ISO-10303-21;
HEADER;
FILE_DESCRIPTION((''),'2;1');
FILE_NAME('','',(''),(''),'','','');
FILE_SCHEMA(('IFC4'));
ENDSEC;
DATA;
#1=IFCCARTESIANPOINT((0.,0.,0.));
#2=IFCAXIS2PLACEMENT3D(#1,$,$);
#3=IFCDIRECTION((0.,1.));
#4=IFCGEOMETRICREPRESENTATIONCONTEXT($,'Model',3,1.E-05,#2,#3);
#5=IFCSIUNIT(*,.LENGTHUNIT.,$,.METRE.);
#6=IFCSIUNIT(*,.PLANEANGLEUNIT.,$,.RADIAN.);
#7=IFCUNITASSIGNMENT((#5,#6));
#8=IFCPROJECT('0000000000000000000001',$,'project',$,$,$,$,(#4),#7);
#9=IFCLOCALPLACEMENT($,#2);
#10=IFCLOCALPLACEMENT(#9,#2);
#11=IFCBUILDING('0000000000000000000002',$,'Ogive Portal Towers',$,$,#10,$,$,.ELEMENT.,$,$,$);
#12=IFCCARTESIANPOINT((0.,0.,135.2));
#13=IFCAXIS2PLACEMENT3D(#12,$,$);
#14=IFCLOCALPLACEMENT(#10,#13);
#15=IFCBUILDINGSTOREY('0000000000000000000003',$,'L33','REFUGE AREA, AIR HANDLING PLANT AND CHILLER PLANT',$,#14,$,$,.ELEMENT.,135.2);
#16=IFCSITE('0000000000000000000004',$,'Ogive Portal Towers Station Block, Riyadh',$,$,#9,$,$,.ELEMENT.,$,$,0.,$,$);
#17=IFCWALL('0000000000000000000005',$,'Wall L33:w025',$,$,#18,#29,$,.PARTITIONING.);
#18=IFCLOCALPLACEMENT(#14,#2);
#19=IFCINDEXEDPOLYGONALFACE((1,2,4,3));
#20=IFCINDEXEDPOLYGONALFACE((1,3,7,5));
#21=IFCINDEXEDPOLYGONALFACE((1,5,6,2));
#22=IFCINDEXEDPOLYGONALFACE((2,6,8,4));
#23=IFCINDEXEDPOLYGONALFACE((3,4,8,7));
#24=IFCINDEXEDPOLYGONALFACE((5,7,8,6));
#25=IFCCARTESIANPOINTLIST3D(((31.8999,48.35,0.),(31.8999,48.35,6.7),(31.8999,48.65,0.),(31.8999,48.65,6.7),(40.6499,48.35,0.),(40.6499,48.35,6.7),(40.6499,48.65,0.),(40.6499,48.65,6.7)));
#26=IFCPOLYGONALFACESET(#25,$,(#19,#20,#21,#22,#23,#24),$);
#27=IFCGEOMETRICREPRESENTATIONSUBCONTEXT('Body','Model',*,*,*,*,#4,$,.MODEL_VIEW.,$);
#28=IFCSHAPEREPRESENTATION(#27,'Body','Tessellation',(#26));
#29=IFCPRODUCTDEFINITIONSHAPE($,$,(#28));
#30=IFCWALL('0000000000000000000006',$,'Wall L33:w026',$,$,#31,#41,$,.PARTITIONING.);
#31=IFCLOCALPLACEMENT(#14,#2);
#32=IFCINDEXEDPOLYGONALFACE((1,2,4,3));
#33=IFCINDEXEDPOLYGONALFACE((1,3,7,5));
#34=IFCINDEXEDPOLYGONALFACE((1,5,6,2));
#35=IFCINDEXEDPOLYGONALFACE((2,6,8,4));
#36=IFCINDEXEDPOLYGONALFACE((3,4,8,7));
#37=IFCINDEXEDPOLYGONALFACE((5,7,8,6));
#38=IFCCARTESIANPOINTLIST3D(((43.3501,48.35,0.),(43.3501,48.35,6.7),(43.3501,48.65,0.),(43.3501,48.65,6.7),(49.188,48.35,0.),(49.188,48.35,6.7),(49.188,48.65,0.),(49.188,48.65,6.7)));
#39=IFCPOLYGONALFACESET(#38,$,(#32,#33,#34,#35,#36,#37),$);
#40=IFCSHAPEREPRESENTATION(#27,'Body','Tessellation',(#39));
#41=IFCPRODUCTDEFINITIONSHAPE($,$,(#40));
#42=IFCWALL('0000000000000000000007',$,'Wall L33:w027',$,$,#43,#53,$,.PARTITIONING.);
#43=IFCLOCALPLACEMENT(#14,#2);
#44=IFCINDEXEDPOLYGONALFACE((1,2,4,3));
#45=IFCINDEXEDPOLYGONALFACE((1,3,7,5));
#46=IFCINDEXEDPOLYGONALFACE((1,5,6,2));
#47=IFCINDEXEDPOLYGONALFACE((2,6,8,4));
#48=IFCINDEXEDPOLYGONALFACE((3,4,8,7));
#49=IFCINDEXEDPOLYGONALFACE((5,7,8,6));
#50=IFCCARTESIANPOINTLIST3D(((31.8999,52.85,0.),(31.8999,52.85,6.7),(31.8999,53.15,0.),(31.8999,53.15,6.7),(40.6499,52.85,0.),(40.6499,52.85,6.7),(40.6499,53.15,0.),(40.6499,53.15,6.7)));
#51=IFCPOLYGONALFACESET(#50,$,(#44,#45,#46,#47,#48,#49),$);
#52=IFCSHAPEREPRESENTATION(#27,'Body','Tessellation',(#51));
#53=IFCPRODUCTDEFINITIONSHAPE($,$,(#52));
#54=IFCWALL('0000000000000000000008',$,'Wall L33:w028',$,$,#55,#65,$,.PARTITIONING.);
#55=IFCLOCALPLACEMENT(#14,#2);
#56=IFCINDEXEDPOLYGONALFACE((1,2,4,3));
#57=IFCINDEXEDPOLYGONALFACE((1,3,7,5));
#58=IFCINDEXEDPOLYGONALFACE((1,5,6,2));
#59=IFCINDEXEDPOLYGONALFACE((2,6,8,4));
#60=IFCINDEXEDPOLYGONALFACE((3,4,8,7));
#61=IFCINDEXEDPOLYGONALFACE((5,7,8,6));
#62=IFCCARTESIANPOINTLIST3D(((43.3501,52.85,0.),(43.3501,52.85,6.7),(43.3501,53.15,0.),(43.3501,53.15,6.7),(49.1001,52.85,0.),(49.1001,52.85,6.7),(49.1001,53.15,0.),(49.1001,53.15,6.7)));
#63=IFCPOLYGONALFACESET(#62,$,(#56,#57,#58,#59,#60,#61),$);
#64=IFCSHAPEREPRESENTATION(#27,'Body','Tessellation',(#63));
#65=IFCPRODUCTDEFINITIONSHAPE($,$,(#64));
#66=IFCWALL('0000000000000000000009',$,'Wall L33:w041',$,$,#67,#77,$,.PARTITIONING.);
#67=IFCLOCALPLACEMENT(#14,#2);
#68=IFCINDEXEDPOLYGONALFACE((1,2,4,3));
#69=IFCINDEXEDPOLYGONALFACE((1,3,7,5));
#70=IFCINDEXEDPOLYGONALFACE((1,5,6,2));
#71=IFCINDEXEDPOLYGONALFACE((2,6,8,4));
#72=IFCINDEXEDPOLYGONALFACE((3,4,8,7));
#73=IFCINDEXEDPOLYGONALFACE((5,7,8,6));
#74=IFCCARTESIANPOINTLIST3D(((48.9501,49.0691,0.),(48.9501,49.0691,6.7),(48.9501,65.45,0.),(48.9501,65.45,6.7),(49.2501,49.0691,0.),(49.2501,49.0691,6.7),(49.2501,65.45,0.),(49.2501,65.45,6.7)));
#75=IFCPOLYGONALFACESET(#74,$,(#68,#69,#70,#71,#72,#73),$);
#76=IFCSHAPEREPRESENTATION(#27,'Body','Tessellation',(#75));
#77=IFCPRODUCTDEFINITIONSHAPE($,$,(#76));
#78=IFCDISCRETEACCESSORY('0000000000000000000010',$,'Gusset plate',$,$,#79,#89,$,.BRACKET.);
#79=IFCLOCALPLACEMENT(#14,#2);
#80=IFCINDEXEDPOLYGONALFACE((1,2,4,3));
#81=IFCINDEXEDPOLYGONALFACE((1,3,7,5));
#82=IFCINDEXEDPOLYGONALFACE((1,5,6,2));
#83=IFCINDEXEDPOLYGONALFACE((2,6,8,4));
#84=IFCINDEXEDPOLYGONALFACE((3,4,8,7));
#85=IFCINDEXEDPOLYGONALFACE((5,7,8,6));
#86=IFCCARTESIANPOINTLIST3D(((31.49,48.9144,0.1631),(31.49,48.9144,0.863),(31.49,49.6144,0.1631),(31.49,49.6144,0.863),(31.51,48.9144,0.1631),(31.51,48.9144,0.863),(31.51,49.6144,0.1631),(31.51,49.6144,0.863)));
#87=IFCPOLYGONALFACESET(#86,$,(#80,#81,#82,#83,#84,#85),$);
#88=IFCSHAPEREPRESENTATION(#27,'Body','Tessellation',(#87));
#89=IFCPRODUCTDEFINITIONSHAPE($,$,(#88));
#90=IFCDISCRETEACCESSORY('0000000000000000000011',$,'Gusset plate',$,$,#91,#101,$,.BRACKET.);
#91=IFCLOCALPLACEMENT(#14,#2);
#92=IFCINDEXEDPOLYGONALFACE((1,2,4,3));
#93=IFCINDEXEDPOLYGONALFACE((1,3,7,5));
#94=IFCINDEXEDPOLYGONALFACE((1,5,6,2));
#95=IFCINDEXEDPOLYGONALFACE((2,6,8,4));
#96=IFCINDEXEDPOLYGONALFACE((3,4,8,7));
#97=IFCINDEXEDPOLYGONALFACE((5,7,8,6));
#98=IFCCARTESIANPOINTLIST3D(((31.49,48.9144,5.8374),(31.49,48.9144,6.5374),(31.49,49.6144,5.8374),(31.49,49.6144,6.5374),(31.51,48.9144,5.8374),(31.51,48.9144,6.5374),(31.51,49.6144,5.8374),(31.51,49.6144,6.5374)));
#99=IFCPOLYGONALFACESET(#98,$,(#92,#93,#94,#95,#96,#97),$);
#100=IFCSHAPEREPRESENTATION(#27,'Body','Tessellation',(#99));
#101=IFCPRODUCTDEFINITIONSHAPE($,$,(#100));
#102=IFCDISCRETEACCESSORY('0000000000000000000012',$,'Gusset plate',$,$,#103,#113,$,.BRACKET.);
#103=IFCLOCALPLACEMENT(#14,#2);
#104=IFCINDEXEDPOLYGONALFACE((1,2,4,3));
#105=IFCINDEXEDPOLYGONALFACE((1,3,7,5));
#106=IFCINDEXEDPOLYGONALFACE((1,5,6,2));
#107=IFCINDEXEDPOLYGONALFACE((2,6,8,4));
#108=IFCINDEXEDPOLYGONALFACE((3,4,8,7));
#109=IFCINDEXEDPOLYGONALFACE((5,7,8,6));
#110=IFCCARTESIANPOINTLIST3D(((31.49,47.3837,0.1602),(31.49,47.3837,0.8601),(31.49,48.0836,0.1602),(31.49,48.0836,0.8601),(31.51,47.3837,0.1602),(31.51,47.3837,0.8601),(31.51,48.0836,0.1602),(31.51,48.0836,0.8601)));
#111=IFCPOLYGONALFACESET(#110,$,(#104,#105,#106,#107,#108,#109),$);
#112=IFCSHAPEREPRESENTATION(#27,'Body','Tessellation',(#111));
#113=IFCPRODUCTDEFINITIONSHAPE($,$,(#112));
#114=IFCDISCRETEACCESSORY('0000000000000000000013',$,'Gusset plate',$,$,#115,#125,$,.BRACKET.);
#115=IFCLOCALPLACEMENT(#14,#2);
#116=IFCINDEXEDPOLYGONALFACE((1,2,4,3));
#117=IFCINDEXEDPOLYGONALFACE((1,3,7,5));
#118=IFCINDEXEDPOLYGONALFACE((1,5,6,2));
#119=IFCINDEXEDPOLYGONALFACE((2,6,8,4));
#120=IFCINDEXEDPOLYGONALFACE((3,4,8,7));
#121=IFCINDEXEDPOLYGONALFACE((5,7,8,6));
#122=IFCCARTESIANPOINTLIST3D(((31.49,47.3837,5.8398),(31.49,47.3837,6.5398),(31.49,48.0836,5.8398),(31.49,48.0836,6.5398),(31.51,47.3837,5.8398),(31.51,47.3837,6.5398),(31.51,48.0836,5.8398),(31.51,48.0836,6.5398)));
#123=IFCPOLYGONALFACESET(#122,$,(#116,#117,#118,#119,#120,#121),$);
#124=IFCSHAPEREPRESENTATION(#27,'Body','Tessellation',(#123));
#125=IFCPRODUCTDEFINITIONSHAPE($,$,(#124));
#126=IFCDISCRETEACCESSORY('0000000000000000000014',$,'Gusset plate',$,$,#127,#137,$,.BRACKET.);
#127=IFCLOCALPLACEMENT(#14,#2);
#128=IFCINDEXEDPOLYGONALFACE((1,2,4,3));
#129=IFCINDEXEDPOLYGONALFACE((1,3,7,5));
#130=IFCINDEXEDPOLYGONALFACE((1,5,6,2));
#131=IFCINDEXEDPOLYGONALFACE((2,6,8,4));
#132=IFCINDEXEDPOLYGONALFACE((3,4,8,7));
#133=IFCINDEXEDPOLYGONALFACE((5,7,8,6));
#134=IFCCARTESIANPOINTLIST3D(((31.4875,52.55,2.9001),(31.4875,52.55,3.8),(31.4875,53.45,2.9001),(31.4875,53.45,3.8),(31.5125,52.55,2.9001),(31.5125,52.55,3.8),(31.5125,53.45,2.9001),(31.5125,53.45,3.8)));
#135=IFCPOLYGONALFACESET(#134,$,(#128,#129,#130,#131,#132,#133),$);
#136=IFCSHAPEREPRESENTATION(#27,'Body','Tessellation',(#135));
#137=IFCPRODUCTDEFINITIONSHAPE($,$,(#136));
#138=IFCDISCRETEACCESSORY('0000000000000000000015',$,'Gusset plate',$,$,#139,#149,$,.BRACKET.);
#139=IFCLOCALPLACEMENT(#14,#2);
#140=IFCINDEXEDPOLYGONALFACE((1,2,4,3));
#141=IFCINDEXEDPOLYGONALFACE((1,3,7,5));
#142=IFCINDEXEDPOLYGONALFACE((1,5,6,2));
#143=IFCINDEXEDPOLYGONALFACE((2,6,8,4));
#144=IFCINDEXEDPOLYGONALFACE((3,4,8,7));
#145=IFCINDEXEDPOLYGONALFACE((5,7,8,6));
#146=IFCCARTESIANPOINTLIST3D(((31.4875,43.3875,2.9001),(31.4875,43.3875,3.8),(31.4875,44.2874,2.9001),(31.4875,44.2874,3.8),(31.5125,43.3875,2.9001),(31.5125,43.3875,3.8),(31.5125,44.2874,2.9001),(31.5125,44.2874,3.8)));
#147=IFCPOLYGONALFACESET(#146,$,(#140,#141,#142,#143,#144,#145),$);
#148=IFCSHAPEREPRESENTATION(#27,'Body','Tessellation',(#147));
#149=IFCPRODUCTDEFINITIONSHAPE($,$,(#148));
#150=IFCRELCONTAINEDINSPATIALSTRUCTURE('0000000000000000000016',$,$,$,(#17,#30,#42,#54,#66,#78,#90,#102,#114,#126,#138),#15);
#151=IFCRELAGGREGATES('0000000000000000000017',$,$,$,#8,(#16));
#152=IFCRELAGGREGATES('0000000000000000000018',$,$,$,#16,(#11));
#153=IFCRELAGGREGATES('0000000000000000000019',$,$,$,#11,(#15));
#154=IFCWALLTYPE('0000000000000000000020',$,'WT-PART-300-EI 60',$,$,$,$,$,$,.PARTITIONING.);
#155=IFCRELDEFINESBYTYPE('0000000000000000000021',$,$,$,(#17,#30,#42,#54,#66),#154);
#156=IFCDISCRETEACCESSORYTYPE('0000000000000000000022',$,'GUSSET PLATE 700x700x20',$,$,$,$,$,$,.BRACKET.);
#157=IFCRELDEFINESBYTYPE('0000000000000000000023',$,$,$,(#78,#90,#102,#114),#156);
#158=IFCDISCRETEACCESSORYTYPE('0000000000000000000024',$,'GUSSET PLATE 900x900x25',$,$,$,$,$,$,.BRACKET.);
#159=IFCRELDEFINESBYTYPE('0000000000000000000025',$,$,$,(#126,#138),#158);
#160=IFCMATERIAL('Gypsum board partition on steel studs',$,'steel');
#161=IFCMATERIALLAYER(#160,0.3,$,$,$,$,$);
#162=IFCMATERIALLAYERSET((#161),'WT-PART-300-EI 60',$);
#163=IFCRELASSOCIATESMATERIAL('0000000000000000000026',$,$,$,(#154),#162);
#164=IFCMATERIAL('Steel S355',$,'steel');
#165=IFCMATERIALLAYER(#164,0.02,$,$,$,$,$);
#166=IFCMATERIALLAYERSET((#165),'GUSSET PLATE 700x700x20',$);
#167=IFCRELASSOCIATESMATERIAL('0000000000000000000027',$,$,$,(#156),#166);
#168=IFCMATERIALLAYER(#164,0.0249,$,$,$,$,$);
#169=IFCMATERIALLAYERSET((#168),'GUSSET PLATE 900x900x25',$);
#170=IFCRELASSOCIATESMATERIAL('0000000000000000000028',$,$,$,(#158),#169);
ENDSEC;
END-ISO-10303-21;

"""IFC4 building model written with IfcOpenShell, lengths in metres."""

from ifc_helpers import new_model, si_unit, direction, frame, frame_2d, origin, origin_2d, place, context, subcontext, project, spatial, rectangle, extrude, material, layer, layer_set, type_object, element, save


model = new_model("IFC4")

# Units and contexts
model_context = context("Model", 3, precision=1e-05, world=origin(), true_north=direction((0.0, 1.0)))
body_context = subcontext(model_context, "Body", "Model", "MODEL_VIEW")
ifc_project = project(units=[si_unit("LENGTHUNIT", "METRE"), si_unit("PLANEANGLEUNIT", "RADIAN")], contexts=[model_context])

# Site, building, storey
site_placement = place(None, origin())
site = spatial("IfcSite", under=ifc_project, at=site_placement, Name="Ogive Portal Towers Station Block, Riyadh", CompositionType="ELEMENT", RefElevation=0.0)
building_placement = place(site_placement, origin())
building = spatial("IfcBuilding", under=site, at=building_placement, Name="Ogive Portal Towers", CompositionType="ELEMENT")
storey_placement = place(building_placement, frame((0.0, 0.0, 135.2)))
storey = spatial("IfcBuildingStorey", under=building, at=storey_placement, Name="L33", Description="REFUGE AREA, AIR HANDLING PLANT AND CHILLER PLANT", CompositionType="ELEMENT", Elevation=135.2)

# Shared definitions
ifc_material_1 = material(Name="Steel S355", Category="steel")

# Walls
ifc_material_2 = material(Name="Gypsum board partition on steel studs", Category="steel")
ifc_layer_1 = layer(ifc_material_2, 0.3)
ifc_layer_set_1 = layer_set([ifc_layer_1], Name="WT-PART-300-EI 60")
wall_type = type_object("IfcWallType", Name="WT-PART-300-EI 60", PredefinedType="PARTITIONING", material=ifc_layer_set_1)
wall_1_placement = place(storey_placement, frame((31.8999, 48.5, 0.0), z_axis=(0.0, 0.0, 1.0), x_axis=(1.0, 0.0, 0.0)))
element("IfcWall", 1, at=wall_1_placement, inside=storey, type_object=wall_type, Name="Wall L33:w025", PredefinedType="PARTITIONING", context=body_context, shape_type="SweptSolid", body=[
    extrude(rectangle(XDim=8.75, YDim=0.3, at=frame_2d((4.375, 0.0))), origin(), (0.0, 0.0, 1.0), 6.7),
])
wall_2_placement = place(storey_placement, frame((43.3501, 48.5, 0.0), z_axis=(0.0, 0.0, 1.0), x_axis=(1.0, 0.0, 0.0)))
element("IfcWall", 2, at=wall_2_placement, inside=storey, type_object=wall_type, Name="Wall L33:w026", PredefinedType="PARTITIONING", context=body_context, shape_type="SweptSolid", body=[
    extrude(rectangle(XDim=5.8379, YDim=0.3, at=frame_2d((2.9189, 0.0))), origin(), (0.0, 0.0, 1.0), 6.7),
])
wall_3_placement = place(storey_placement, frame((31.8999, 53.0, 0.0), z_axis=(0.0, 0.0, 1.0), x_axis=(1.0, 0.0, 0.0)))
element("IfcWall", 3, at=wall_3_placement, inside=storey, type_object=wall_type, Name="Wall L33:w027", PredefinedType="PARTITIONING", context=body_context, shape_type="SweptSolid", body=[
    extrude(rectangle(XDim=8.75, YDim=0.3, at=frame_2d((4.375, 0.0))), origin(), (0.0, 0.0, 1.0), 6.7),
])
wall_4_placement = place(storey_placement, frame((43.3501, 53.0, 0.0), z_axis=(0.0, 0.0, 1.0), x_axis=(1.0, 0.0, 0.0)))
element("IfcWall", 4, at=wall_4_placement, inside=storey, type_object=wall_type, Name="Wall L33:w028", PredefinedType="PARTITIONING", context=body_context, shape_type="SweptSolid", body=[
    extrude(rectangle(XDim=5.75, YDim=0.3, at=frame_2d((2.875, 0.0))), origin(), (0.0, 0.0, 1.0), 6.7),
])
wall_5_placement = place(storey_placement, frame((49.1001, 49.0691, 0.0), z_axis=(0.0, 0.0, 1.0), x_axis=(0.0, 1.0, 0.0)))
element("IfcWall", 5, at=wall_5_placement, inside=storey, type_object=wall_type, Name="Wall L33:w041", PredefinedType="PARTITIONING", context=body_context, shape_type="SweptSolid", body=[
    extrude(rectangle(XDim=16.3809, YDim=0.3, at=frame_2d((8.1904, 0.0))), origin(), (0.0, 0.0, 1.0), 6.7),
])

# Discrete accessories
ifc_layer_2 = layer(ifc_material_1, 0.02)
ifc_layer_set_2 = layer_set([ifc_layer_2], Name="GUSSET PLATE 700x700x20")
discrete_accessory_type_1 = type_object("IfcDiscreteAccessoryType", Name="GUSSET PLATE 700x700x20", PredefinedType="BRACKET", material=ifc_layer_set_2)
for number, where, z_axis, x_axis, name in (
    (6, (31.5, 49.2644, 0.1631), (0.0, 0.0, 1.0), (0.0, -1.0, 0.0), "Gusset plate"),
    (7, (31.5, 49.2644, 5.8374), (0.0, 0.0, 1.0), (0.0, -1.0, 0.0), "Gusset plate"),
    (8, (31.5, 47.7336, 0.1602), (0.0, 0.0, 1.0), (0.0, -1.0, 0.0), "Gusset plate"),
    (9, (31.5, 47.7336, 5.8398), (0.0, 0.0, 1.0), (0.0, -1.0, 0.0), "Gusset plate"),
):
    element("IfcDiscreteAccessory", number, at=place(storey_placement, frame(where, z_axis=z_axis, x_axis=x_axis)), inside=storey, type_object=discrete_accessory_type_1, Name=name, PredefinedType="BRACKET", context=body_context, shape_type="SweptSolid", body=[
        extrude(rectangle(XDim=0.7, YDim=0.02, at=origin_2d()), origin(), (0.0, 0.0, 1.0), 0.7),
    ])
ifc_layer_3 = layer(ifc_material_1, 0.0249)
ifc_layer_set_3 = layer_set([ifc_layer_3], Name="GUSSET PLATE 900x900x25")
discrete_accessory_type_2 = type_object("IfcDiscreteAccessoryType", Name="GUSSET PLATE 900x900x25", PredefinedType="BRACKET", material=ifc_layer_set_3)
for number, where, z_axis, x_axis, name in (
    (10, (31.5, 53.0, 2.9001), (0.0, 0.0, 1.0), (0.0, -1.0, 0.0), "Gusset plate"),
    (11, (31.5, 43.8374, 2.9001), (0.0, 0.0, 1.0), (0.0, -1.0, 0.0), "Gusset plate"),
):
    element("IfcDiscreteAccessory", number, at=place(storey_placement, frame(where, z_axis=z_axis, x_axis=x_axis)), inside=storey, type_object=discrete_accessory_type_2, Name=name, PredefinedType="BRACKET", context=body_context, shape_type="SweptSolid", body=[
        extrude(rectangle(XDim=0.8999, YDim=0.0249, at=origin_2d()), origin(), (0.0, 0.0, 1.0), 0.8999),
    ])

save(model, "model.ifc")
